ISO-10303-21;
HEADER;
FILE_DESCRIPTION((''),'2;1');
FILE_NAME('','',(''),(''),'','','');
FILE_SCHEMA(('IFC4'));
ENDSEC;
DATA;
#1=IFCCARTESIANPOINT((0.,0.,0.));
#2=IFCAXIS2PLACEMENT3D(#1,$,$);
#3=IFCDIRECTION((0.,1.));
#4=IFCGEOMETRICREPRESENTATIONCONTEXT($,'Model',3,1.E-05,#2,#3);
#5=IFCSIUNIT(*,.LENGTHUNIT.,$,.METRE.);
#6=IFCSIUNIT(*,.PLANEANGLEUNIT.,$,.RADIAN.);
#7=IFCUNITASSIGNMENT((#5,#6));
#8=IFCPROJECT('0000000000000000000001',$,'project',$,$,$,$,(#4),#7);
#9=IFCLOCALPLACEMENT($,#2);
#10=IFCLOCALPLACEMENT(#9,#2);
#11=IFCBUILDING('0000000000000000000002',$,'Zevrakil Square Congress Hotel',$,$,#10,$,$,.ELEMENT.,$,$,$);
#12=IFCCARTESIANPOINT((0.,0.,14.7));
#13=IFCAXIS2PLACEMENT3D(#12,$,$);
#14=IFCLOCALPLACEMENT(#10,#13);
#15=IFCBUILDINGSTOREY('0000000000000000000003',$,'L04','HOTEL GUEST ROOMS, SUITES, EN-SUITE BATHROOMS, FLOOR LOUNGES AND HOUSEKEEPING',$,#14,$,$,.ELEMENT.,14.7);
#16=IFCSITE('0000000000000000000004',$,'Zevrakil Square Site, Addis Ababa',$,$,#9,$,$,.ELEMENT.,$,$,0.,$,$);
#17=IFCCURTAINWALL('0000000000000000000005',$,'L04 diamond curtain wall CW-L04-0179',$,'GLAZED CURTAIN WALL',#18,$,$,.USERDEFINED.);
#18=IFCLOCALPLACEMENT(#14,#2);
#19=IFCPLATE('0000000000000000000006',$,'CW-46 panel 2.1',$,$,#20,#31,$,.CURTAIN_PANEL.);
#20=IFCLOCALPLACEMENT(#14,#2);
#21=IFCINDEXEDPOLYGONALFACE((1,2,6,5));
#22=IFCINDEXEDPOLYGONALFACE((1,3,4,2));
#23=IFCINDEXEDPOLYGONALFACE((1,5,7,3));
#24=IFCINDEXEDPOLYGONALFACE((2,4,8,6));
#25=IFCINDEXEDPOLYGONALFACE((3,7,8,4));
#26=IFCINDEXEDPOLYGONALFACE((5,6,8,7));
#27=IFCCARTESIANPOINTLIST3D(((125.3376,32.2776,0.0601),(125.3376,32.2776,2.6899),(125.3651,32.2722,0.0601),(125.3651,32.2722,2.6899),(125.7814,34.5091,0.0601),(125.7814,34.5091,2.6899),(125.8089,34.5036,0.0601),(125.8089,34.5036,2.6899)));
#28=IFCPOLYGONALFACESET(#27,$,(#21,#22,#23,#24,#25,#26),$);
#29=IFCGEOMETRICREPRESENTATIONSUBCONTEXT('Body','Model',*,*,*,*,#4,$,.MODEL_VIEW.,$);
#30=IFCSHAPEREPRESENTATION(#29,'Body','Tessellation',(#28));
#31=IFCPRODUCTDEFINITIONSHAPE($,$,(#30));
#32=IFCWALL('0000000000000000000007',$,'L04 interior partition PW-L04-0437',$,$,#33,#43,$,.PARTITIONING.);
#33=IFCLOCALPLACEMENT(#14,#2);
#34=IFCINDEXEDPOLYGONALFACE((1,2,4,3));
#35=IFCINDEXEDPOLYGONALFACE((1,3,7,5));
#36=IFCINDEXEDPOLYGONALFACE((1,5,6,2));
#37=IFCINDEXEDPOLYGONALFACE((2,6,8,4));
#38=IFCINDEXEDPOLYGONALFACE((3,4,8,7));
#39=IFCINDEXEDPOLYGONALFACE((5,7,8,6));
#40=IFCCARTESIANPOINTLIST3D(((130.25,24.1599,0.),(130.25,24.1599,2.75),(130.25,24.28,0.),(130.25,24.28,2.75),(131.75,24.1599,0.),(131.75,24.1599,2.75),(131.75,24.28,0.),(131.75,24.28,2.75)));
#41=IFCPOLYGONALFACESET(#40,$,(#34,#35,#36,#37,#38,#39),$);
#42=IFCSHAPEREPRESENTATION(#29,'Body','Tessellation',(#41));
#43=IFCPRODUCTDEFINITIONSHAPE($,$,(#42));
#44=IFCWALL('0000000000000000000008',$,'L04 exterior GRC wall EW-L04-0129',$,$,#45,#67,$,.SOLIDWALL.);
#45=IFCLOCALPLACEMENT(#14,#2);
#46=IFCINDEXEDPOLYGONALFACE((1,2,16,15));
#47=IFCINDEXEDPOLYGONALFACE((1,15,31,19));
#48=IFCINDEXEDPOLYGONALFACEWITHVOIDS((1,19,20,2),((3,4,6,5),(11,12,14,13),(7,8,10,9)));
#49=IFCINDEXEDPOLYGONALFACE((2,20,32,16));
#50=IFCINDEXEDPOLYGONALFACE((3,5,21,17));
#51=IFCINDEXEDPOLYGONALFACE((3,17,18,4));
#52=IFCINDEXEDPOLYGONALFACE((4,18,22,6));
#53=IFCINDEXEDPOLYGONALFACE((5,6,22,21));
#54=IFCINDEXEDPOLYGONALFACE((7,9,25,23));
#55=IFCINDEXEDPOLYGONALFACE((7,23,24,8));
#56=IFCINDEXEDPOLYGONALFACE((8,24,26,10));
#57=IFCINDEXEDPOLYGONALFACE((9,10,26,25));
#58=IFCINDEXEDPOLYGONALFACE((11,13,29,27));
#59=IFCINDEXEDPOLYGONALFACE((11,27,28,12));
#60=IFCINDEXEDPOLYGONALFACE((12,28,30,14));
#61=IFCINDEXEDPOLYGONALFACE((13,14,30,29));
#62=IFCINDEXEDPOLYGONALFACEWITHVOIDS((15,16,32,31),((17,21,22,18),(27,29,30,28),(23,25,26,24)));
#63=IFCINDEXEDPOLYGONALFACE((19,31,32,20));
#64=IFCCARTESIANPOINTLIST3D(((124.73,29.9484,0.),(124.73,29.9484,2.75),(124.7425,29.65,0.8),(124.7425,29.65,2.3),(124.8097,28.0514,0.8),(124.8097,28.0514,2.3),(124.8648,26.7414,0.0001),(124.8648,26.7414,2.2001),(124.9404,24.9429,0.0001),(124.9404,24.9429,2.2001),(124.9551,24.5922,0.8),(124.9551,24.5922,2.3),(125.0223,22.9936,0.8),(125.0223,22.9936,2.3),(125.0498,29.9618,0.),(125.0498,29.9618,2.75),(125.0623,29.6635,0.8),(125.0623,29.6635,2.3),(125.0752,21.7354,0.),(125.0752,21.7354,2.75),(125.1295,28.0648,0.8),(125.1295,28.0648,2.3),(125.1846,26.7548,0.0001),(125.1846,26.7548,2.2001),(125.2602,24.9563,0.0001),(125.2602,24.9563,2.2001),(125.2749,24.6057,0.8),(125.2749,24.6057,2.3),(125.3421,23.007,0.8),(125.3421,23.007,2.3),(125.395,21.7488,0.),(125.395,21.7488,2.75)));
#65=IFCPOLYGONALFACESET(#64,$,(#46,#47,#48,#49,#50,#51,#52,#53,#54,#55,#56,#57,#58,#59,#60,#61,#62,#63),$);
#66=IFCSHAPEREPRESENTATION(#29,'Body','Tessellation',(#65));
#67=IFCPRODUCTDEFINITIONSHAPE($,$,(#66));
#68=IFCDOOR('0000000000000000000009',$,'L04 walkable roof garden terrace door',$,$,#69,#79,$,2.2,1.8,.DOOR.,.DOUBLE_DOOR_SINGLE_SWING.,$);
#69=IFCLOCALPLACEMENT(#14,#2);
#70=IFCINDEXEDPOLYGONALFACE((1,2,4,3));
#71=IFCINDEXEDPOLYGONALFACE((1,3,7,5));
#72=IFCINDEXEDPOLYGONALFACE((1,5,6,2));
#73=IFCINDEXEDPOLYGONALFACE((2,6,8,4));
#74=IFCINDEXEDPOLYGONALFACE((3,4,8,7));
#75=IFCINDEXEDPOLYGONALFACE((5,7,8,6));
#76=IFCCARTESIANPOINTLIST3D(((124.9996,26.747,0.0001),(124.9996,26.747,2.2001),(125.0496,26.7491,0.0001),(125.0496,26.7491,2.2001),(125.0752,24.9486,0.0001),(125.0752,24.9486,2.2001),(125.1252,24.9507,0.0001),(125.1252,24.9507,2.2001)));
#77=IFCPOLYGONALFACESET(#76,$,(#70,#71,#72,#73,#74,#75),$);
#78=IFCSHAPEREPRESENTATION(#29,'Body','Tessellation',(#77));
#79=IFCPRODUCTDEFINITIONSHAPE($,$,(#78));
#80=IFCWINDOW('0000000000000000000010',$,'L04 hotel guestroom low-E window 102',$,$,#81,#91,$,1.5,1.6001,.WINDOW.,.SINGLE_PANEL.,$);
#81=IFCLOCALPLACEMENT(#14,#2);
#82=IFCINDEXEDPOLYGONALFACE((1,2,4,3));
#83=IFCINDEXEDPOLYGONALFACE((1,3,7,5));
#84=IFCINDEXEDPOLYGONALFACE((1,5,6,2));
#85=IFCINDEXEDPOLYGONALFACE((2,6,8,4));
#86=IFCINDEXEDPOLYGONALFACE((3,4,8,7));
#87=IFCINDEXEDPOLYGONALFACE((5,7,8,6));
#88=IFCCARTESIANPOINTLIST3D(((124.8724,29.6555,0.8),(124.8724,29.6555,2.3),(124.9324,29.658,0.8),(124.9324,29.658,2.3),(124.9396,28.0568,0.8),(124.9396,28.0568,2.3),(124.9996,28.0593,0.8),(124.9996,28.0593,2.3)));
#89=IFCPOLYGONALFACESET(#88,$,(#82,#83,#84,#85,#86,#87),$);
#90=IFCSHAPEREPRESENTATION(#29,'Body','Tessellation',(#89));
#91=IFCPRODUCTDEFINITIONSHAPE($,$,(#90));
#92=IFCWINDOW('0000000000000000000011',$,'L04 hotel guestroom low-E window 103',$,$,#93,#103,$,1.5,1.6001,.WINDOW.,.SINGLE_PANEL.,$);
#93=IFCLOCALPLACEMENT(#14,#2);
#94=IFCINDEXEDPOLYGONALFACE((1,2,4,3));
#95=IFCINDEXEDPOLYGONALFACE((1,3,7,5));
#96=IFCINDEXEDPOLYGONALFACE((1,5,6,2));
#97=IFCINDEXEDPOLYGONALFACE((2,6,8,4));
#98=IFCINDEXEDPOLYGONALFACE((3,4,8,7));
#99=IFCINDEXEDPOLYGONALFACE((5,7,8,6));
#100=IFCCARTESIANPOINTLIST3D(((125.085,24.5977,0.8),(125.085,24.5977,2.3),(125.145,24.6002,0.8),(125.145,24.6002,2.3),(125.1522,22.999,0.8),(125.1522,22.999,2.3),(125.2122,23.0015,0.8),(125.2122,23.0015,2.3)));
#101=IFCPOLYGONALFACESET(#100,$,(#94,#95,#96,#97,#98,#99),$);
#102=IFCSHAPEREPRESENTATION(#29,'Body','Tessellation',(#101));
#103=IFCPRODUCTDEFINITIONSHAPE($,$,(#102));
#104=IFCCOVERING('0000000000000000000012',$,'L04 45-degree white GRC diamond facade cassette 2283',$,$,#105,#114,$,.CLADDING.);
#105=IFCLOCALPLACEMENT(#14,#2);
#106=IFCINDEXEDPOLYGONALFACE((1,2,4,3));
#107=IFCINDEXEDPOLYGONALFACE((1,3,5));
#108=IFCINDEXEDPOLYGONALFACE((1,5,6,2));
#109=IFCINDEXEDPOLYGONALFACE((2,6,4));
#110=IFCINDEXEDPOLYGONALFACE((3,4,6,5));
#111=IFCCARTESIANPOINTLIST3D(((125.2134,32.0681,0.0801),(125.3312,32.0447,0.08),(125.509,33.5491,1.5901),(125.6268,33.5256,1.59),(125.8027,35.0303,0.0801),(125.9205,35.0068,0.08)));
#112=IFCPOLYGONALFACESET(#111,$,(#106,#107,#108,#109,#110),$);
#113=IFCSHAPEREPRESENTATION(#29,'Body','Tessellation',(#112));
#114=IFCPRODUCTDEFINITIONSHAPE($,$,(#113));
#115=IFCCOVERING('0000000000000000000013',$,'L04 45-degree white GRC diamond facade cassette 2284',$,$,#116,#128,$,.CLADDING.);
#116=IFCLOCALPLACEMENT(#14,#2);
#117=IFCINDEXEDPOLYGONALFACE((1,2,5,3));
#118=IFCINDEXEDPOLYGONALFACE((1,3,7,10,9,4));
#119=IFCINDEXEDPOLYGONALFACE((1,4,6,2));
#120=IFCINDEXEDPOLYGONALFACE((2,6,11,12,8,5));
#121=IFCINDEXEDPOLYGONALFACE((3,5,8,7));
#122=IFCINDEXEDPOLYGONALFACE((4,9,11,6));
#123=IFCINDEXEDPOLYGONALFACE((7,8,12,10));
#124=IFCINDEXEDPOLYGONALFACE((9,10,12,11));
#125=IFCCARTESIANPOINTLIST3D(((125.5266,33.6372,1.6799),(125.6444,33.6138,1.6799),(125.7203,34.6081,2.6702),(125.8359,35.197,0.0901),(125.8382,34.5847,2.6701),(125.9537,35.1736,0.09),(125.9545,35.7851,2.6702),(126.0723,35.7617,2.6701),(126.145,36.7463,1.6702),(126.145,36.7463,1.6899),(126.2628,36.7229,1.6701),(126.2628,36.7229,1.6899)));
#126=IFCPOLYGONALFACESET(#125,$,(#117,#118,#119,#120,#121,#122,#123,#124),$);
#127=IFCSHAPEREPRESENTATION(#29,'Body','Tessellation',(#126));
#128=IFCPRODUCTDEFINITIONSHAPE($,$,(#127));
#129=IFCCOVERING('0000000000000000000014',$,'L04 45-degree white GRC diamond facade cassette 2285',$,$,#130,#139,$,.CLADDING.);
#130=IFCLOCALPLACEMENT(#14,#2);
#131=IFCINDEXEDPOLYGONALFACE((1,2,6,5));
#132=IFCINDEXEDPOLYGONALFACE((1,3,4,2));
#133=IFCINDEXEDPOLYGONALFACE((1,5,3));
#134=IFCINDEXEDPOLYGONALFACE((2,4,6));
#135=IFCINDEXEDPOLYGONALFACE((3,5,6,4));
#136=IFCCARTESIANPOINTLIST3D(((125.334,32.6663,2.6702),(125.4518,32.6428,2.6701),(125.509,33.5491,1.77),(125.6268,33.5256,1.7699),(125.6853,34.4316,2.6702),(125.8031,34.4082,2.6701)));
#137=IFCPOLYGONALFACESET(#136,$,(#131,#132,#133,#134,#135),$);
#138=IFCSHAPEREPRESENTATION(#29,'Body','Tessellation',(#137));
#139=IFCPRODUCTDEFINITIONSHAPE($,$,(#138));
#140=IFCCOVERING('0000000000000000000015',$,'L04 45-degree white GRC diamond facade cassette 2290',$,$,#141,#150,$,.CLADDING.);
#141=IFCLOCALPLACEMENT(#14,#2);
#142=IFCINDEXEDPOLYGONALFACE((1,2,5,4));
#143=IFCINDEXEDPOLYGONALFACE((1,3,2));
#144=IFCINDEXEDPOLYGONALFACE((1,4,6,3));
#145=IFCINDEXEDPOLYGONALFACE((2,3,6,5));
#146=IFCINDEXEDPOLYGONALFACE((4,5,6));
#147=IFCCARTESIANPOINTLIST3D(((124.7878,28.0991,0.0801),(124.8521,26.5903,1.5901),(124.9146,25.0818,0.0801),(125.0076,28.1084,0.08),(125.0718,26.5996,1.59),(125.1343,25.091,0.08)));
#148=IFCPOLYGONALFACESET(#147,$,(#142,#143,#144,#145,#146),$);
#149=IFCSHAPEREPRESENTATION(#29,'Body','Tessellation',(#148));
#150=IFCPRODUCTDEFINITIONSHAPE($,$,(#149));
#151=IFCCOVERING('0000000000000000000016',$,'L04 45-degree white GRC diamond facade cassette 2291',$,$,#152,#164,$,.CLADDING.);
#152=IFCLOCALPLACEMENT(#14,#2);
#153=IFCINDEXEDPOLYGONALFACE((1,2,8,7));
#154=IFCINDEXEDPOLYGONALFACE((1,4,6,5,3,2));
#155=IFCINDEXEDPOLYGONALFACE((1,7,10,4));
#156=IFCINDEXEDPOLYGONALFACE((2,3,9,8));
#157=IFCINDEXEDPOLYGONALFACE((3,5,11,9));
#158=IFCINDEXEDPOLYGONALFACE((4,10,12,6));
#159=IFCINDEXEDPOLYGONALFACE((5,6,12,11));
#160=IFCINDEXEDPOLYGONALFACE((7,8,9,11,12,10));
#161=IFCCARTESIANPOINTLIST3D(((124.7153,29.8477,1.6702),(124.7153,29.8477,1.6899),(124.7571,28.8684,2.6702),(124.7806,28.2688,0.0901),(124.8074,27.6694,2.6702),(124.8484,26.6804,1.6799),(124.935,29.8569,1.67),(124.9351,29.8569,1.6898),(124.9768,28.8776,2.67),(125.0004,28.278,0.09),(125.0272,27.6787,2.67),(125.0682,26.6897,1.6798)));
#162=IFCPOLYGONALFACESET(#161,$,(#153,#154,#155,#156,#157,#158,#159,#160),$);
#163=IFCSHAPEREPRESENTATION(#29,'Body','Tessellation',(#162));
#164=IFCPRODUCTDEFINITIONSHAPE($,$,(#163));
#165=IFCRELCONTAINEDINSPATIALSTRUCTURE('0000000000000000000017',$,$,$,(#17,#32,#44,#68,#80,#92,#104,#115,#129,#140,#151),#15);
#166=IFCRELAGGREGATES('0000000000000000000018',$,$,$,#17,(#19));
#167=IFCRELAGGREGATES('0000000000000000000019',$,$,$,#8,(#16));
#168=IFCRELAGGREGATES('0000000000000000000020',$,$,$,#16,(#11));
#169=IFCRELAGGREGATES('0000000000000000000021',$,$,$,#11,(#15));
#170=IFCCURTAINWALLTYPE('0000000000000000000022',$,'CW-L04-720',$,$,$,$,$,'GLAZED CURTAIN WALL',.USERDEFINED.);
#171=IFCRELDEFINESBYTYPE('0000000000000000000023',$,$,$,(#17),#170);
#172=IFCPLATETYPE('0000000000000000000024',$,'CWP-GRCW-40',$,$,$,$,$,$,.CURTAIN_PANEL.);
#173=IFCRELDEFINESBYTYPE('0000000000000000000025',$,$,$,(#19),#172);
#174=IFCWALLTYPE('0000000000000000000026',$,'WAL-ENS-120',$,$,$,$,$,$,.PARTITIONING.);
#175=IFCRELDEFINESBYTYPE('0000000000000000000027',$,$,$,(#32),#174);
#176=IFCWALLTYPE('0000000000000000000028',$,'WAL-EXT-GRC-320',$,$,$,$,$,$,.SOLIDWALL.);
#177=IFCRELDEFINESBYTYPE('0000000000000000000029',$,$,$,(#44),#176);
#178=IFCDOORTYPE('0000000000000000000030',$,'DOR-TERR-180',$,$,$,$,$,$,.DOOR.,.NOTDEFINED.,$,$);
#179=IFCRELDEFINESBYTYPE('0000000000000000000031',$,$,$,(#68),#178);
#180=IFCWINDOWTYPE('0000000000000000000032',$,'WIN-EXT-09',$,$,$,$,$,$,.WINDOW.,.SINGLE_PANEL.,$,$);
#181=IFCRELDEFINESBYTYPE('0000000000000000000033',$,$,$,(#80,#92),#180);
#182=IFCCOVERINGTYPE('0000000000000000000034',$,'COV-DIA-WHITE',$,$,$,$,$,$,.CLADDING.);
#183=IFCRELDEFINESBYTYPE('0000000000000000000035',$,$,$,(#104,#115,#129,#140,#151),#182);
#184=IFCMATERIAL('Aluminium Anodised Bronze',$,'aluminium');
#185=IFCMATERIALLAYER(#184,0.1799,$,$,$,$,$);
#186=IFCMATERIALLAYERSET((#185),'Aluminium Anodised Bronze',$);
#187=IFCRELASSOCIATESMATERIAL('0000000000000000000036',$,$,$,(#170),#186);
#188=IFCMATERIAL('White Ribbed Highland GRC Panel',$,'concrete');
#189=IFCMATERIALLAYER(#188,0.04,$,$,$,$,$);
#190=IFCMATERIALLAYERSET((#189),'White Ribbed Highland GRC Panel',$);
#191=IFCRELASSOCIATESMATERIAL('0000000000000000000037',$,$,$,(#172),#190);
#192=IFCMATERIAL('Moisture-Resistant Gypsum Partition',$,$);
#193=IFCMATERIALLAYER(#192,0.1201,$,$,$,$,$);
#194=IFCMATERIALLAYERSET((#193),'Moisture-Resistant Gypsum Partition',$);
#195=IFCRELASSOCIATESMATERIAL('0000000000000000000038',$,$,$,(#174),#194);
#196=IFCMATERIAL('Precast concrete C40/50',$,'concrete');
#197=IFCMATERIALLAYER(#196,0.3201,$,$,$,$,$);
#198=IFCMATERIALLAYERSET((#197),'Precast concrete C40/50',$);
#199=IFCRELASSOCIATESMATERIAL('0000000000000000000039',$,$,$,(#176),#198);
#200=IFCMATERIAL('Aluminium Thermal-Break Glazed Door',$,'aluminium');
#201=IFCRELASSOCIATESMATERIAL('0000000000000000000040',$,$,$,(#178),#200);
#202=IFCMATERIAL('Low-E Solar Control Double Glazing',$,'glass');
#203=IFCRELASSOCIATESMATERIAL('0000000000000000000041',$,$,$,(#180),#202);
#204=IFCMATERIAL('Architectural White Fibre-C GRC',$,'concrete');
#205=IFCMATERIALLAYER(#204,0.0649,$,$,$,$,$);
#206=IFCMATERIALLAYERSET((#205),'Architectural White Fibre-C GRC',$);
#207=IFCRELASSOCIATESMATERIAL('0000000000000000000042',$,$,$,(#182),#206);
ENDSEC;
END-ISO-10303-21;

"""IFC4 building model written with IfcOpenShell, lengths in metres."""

from ifc_helpers import new_model, si_unit, direction, frame, frame_2d, origin, origin_2d, place, context, subcontext, project, spatial, polyline, rectangle, outline, extrude, material, layer, layer_set, type_object, element, fill, aggregate, save


model = new_model("IFC4")

# Units and contexts
model_context = context("Model", 3, precision=1e-05, world=origin(), true_north=direction((0.0, 1.0)))
body_context = subcontext(model_context, "Body", "Model", "MODEL_VIEW")
ifc_project = project(units=[si_unit("LENGTHUNIT", "METRE"), si_unit("PLANEANGLEUNIT", "RADIAN")], contexts=[model_context])

# Site, building, storey
site_placement = place(None, origin())
site = spatial("IfcSite", under=ifc_project, at=site_placement, Name="Zevrakil Square Site, Addis Ababa", CompositionType="ELEMENT", RefElevation=0.0)
building_placement = place(site_placement, origin())
building = spatial("IfcBuilding", under=site, at=building_placement, Name="Zevrakil Square Congress Hotel", CompositionType="ELEMENT")
storey_placement = place(building_placement, frame((0.0, 0.0, 14.7)))
storey = spatial("IfcBuildingStorey", under=building, at=storey_placement, Name="L04", Description="HOTEL GUEST ROOMS, SUITES, EN-SUITE BATHROOMS, FLOOR LOUNGES AND HOUSEKEEPING", CompositionType="ELEMENT", Elevation=14.7)

# Curtain wall, plate
ifc_material_1 = material(Name="Aluminium Anodised Bronze", Category="aluminium")
ifc_layer_1 = layer(ifc_material_1, 0.1799)
ifc_layer_set_1 = layer_set([ifc_layer_1], Name="Aluminium Anodised Bronze")
curtain_wall_type = type_object("IfcCurtainWallType", Name="CW-L04-720", ElementType="GLAZED CURTAIN WALL", PredefinedType="USERDEFINED", material=ifc_layer_set_1)
curtain_wall_placement = place(storey_placement, origin())
curtain_wall = element("IfcCurtainWall", 1, at=curtain_wall_placement, inside=storey, type_object=curtain_wall_type, Name="L04 diamond curtain wall CW-L04-0179", ObjectType="GLAZED CURTAIN WALL", PredefinedType="USERDEFINED")
ifc_material_2 = material(Name="White Ribbed Highland GRC Panel", Category="concrete")
ifc_layer_2 = layer(ifc_material_2, 0.04)
ifc_layer_set_2 = layer_set([ifc_layer_2], Name="White Ribbed Highland GRC Panel")
plate_type_1 = type_object("IfcPlateType", Name="CWP-GRCW-40", PredefinedType="CURTAIN_PANEL", material=ifc_layer_set_2)
plate_1_placement = place(storey_placement, frame((125.5732, 33.3906, 0.0601), z_axis=(0.0, 0.0, 1.0), x_axis=(-0.195084, -0.980787, 0.0)))
plate_1 = element("IfcPlate", 2, at=plate_1_placement, type_object=plate_type_1, Name="CW-46 panel 2.1", PredefinedType="CURTAIN_PANEL", context=body_context, shape_type="SweptSolid", body=[
    extrude(rectangle(XDim=2.2751, YDim=0.0281, at=origin_2d()), origin(), (0.0, 0.0, 1.0), 2.6299),
])
aggregate(curtain_wall, [plate_1])

# Wall
ifc_material_3 = material(Name="Moisture-Resistant Gypsum Partition")
ifc_layer_3 = layer(ifc_material_3, 0.1201)
ifc_layer_set_3 = layer_set([ifc_layer_3], Name="Moisture-Resistant Gypsum Partition")
wall_type_1 = type_object("IfcWallType", Name="WAL-ENS-120", PredefinedType="PARTITIONING", material=ifc_layer_set_3)
wall_1_placement = place(storey_placement, frame((130.25, 24.22, 0.0), z_axis=(0.0, 0.0, 1.0), x_axis=(1.0, 0.0, 0.0)))
element("IfcWall", 3, at=wall_1_placement, inside=storey, type_object=wall_type_1, Name="L04 interior partition PW-L04-0437", PredefinedType="PARTITIONING", context=body_context, shape_type="SweptSolid", body=[
    extrude(rectangle(XDim=1.5, YDim=0.1201, at=frame_2d((0.75, 0.0))), origin(), (0.0, 0.0, 1.0), 2.75),
])

# Wall, openings, door, windows
ifc_material_4 = material(Name="Precast concrete C40/50", Category="concrete")
ifc_layer_4 = layer(ifc_material_4, 0.3201)
ifc_layer_set_4 = layer_set([ifc_layer_4], Name="Precast concrete C40/50")
wall_type_2 = type_object("IfcWallType", Name="WAL-EXT-GRC-320", PredefinedType="SOLIDWALL", material=ifc_layer_set_4)
wall_2_placement = place(storey_placement, frame((124.8899, 29.9551, 0.0), z_axis=(0.0, 0.0, 1.0), x_axis=(0.041996, -0.999118, 0.0)))
wall_2 = element("IfcWall", 4, at=wall_2_placement, inside=storey, type_object=wall_type_2, Name="L04 exterior GRC wall EW-L04-0129", PredefinedType="SOLIDWALL", context=body_context, shape_type="SweptSolid", body=[
    extrude(rectangle(XDim=8.2202, YDim=0.3201, at=frame_2d((4.1101, 0.0))), origin(), (0.0, 0.0, 1.0), 2.75),
])
opening_1_placement = place(wall_2_placement, frame((3.21, 0.0, 0.0)))
opening_1 = element("IfcOpeningElement", 5, at=opening_1_placement, cuts=wall_2, PredefinedType="OPENING", context=body_context, shape_type="SweptSolid", body=[
    extrude(rectangle(XDim=1.8, YDim=2.2, at=frame_2d((0.8999, 1.1001))), frame((0.0, 0.1699, 0.0), z_axis=(0.0, -1.0, 0.0), x_axis=(1.0, 0.0, 0.0)), (0.0, 0.0, 1.0), 0.3401),
])
opening_2_placement = place(wall_2_placement, frame((0.2986, 0.0, 0.8)))
opening_2 = element("IfcOpeningElement", 6, at=opening_2_placement, cuts=wall_2, PredefinedType="OPENING", context=body_context, shape_type="SweptSolid", body=[
    extrude(rectangle(XDim=1.6001, YDim=1.5, at=frame_2d((0.8, 0.75))), frame((0.0, 0.1699, 0.0), z_axis=(0.0, -1.0, 0.0), x_axis=(1.0, 0.0, 0.0)), (0.0, 0.0, 1.0), 0.3401),
])
opening_3_placement = place(wall_2_placement, frame((5.3608, 0.0, 0.8)))
opening_3 = element("IfcOpeningElement", 7, at=opening_3_placement, cuts=wall_2, PredefinedType="OPENING", context=body_context, shape_type="SweptSolid", body=[
    extrude(rectangle(XDim=1.6001, YDim=1.5, at=frame_2d((0.8, 0.75))), frame((0.0, 0.1699, 0.0), z_axis=(0.0, -1.0, 0.0), x_axis=(1.0, 0.0, 0.0)), (0.0, 0.0, 1.0), 0.3401),
])
ifc_material_5 = material(Name="Aluminium Thermal-Break Glazed Door", Category="aluminium")
door_type = type_object("IfcDoorType", Name="DOR-TERR-180", OperationType="NOTDEFINED", PredefinedType="DOOR", material=ifc_material_5)
door_placement = place(opening_1_placement, origin())
door = element("IfcDoor", 8, at=door_placement, inside=storey, type_object=door_type, Name="L04 walkable roof garden terrace door", OperationType="DOUBLE_DOOR_SINGLE_SWING", OverallHeight=2.2, OverallWidth=1.8, PredefinedType="DOOR", context=body_context, shape_type="SweptSolid", body=[
    extrude(rectangle(XDim=1.8, YDim=2.2, at=frame_2d((0.8999, 1.1001))), frame((0.0, 0.0249, 0.0), z_axis=(0.0, -1.0, 0.0), x_axis=(1.0, 0.0, 0.0)), (0.0, 0.0, 1.0), 0.05),
])
fill(opening_1, door)
ifc_material_6 = material(Name="Low-E Solar Control Double Glazing", Category="glass")
window_type = type_object("IfcWindowType", Name="WIN-EXT-09", PartitioningType="SINGLE_PANEL", PredefinedType="WINDOW", material=ifc_material_6)
window_1_placement = place(opening_2_placement, origin())
window_1 = element("IfcWindow", 9, at=window_1_placement, inside=storey, type_object=window_type, Name="L04 hotel guestroom low-E window 102", OverallHeight=1.5, OverallWidth=1.6001, PartitioningType="SINGLE_PANEL", PredefinedType="WINDOW", context=body_context, shape_type="SweptSolid", body=[
    extrude(rectangle(XDim=1.6001, YDim=1.5, at=frame_2d((0.8, 0.75))), frame((0.0, 0.03, 0.0), z_axis=(0.0, -1.0, 0.0), x_axis=(1.0, 0.0, 0.0)), (0.0, 0.0, 1.0), 0.0601),
])
fill(opening_2, window_1)
window_2_placement = place(opening_3_placement, origin())
window_2 = element("IfcWindow", 10, at=window_2_placement, inside=storey, type_object=window_type, Name="L04 hotel guestroom low-E window 103", OverallHeight=1.5, OverallWidth=1.6001, PartitioningType="SINGLE_PANEL", PredefinedType="WINDOW", context=body_context, shape_type="SweptSolid", body=[
    extrude(rectangle(XDim=1.6001, YDim=1.5, at=frame_2d((0.8, 0.75))), frame((0.0, 0.03, 0.0), z_axis=(0.0, -1.0, 0.0), x_axis=(1.0, 0.0, 0.0)), (0.0, 0.0, 1.0), 0.0601),
])
fill(opening_3, window_2)

# Coverings
ifc_material_7 = material(Name="Architectural White Fibre-C GRC", Category="concrete")
ifc_layer_5 = layer(ifc_material_7, 0.0649)
ifc_layer_set_5 = layer_set([ifc_layer_5], Name="Architectural White Fibre-C GRC")
covering_type_1 = type_object("IfcCoveringType", Name="COV-DIA-WHITE", PredefinedType="CLADDING", material=ifc_layer_set_5)
covering_1_placement = place(storey_placement, frame((125.509, 33.5491, 1.5901), z_axis=(-0.980776, 0.195137, 0.00065), x_axis=(-0.138441, -0.693463, -0.707067)))
element("IfcCovering", 11, at=covering_1_placement, inside=storey, type_object=covering_type_1, Name="L04 45-degree white GRC diamond facade cassette 2283", PredefinedType="CLADDING", context=body_context, shape_type="SweptSolid", body=[
    extrude(outline(polyline([(0.0, 0.0), (2.1356, 0.0), (-0.0001, -2.1355), (0.0, 0.0)])), origin(), (0.0, 0.0, -1.0), 0.1201),
])
covering_2_placement = place(storey_placement, frame((125.5266, 33.6372, 1.6799), z_axis=(-0.980787, 0.195082, 0.000611), x_axis=(0.137533, 0.69367, -0.70704)))
element("IfcCovering", 12, at=covering_2_placement, inside=storey, type_object=covering_type_1, Name="L04 45-degree white GRC diamond facade cassette 2284", PredefinedType="CLADDING", context=body_context, shape_type="SweptSolid", body=[
    extrude(outline(polyline([(0.0, 0.0), (2.2486, 0.0), (2.2487, -2.2344), (2.2347, -2.2484), (0.8487, -2.2488), (0.0, -1.4003), (0.0, 0.0)])), origin(), (0.0, 0.0, -1.0), 0.1201),
])
covering_3_placement = place(storey_placement, frame((125.509, 33.5491, 1.77), z_axis=(-0.980768, 0.195177, 0.000691), x_axis=(0.138479, 0.693355, 0.707165)))
element("IfcCovering", 13, at=covering_3_placement, inside=storey, type_object=covering_type_1, Name="L04 45-degree white GRC diamond facade cassette 2285", PredefinedType="CLADDING", context=body_context, shape_type="SweptSolid", body=[
    extrude(outline(polyline([(0.0, 0.0), (1.2729, 0.0), (0.0002, -1.2729), (0.0, 0.0)])), origin(), (0.0, 0.0, -1.0), 0.1201),
])
covering_4_placement = place(storey_placement, frame((124.8521, 26.5903, 1.5901), z_axis=(-0.999119, -0.041957, 0.000562), x_axis=(0.029269, -0.706461, -0.707147)))
element("IfcCovering", 14, at=covering_4_placement, inside=storey, type_object=covering_type_1, Name="L04 45-degree white GRC diamond facade cassette 2290", PredefinedType="CLADDING", context=body_context, shape_type="SweptSolid", body=[
    extrude(outline(polyline([(0.0, 0.0), (2.1354, 0.0), (0.0, -2.1356), (0.0, 0.0)])), origin(), (0.0, 0.0, -1.0), 0.22),
])
covering_5_placement = place(storey_placement, frame((124.8484, 26.6804, 1.6799), z_axis=(-0.999118, -0.041991, 0.000625), x_axis=(-0.030134, 0.706459, -0.707112)))
element("IfcCovering", 15, at=covering_5_placement, inside=storey, type_object=covering_type_1, Name="L04 45-degree white GRC diamond facade cassette 2291", PredefinedType="CLADDING", context=body_context, shape_type="SweptSolid", body=[
    extrude(outline(polyline([(0.0, 0.0), (2.2484, 0.0), (2.2484, -2.2347), (2.2345, -2.2486), (0.8483, -2.2487), (-0.0003, -1.4001), (0.0, 0.0)])), origin(), (0.0, 0.0, -1.0), 0.22),
])

save(model, "model.ifc")
